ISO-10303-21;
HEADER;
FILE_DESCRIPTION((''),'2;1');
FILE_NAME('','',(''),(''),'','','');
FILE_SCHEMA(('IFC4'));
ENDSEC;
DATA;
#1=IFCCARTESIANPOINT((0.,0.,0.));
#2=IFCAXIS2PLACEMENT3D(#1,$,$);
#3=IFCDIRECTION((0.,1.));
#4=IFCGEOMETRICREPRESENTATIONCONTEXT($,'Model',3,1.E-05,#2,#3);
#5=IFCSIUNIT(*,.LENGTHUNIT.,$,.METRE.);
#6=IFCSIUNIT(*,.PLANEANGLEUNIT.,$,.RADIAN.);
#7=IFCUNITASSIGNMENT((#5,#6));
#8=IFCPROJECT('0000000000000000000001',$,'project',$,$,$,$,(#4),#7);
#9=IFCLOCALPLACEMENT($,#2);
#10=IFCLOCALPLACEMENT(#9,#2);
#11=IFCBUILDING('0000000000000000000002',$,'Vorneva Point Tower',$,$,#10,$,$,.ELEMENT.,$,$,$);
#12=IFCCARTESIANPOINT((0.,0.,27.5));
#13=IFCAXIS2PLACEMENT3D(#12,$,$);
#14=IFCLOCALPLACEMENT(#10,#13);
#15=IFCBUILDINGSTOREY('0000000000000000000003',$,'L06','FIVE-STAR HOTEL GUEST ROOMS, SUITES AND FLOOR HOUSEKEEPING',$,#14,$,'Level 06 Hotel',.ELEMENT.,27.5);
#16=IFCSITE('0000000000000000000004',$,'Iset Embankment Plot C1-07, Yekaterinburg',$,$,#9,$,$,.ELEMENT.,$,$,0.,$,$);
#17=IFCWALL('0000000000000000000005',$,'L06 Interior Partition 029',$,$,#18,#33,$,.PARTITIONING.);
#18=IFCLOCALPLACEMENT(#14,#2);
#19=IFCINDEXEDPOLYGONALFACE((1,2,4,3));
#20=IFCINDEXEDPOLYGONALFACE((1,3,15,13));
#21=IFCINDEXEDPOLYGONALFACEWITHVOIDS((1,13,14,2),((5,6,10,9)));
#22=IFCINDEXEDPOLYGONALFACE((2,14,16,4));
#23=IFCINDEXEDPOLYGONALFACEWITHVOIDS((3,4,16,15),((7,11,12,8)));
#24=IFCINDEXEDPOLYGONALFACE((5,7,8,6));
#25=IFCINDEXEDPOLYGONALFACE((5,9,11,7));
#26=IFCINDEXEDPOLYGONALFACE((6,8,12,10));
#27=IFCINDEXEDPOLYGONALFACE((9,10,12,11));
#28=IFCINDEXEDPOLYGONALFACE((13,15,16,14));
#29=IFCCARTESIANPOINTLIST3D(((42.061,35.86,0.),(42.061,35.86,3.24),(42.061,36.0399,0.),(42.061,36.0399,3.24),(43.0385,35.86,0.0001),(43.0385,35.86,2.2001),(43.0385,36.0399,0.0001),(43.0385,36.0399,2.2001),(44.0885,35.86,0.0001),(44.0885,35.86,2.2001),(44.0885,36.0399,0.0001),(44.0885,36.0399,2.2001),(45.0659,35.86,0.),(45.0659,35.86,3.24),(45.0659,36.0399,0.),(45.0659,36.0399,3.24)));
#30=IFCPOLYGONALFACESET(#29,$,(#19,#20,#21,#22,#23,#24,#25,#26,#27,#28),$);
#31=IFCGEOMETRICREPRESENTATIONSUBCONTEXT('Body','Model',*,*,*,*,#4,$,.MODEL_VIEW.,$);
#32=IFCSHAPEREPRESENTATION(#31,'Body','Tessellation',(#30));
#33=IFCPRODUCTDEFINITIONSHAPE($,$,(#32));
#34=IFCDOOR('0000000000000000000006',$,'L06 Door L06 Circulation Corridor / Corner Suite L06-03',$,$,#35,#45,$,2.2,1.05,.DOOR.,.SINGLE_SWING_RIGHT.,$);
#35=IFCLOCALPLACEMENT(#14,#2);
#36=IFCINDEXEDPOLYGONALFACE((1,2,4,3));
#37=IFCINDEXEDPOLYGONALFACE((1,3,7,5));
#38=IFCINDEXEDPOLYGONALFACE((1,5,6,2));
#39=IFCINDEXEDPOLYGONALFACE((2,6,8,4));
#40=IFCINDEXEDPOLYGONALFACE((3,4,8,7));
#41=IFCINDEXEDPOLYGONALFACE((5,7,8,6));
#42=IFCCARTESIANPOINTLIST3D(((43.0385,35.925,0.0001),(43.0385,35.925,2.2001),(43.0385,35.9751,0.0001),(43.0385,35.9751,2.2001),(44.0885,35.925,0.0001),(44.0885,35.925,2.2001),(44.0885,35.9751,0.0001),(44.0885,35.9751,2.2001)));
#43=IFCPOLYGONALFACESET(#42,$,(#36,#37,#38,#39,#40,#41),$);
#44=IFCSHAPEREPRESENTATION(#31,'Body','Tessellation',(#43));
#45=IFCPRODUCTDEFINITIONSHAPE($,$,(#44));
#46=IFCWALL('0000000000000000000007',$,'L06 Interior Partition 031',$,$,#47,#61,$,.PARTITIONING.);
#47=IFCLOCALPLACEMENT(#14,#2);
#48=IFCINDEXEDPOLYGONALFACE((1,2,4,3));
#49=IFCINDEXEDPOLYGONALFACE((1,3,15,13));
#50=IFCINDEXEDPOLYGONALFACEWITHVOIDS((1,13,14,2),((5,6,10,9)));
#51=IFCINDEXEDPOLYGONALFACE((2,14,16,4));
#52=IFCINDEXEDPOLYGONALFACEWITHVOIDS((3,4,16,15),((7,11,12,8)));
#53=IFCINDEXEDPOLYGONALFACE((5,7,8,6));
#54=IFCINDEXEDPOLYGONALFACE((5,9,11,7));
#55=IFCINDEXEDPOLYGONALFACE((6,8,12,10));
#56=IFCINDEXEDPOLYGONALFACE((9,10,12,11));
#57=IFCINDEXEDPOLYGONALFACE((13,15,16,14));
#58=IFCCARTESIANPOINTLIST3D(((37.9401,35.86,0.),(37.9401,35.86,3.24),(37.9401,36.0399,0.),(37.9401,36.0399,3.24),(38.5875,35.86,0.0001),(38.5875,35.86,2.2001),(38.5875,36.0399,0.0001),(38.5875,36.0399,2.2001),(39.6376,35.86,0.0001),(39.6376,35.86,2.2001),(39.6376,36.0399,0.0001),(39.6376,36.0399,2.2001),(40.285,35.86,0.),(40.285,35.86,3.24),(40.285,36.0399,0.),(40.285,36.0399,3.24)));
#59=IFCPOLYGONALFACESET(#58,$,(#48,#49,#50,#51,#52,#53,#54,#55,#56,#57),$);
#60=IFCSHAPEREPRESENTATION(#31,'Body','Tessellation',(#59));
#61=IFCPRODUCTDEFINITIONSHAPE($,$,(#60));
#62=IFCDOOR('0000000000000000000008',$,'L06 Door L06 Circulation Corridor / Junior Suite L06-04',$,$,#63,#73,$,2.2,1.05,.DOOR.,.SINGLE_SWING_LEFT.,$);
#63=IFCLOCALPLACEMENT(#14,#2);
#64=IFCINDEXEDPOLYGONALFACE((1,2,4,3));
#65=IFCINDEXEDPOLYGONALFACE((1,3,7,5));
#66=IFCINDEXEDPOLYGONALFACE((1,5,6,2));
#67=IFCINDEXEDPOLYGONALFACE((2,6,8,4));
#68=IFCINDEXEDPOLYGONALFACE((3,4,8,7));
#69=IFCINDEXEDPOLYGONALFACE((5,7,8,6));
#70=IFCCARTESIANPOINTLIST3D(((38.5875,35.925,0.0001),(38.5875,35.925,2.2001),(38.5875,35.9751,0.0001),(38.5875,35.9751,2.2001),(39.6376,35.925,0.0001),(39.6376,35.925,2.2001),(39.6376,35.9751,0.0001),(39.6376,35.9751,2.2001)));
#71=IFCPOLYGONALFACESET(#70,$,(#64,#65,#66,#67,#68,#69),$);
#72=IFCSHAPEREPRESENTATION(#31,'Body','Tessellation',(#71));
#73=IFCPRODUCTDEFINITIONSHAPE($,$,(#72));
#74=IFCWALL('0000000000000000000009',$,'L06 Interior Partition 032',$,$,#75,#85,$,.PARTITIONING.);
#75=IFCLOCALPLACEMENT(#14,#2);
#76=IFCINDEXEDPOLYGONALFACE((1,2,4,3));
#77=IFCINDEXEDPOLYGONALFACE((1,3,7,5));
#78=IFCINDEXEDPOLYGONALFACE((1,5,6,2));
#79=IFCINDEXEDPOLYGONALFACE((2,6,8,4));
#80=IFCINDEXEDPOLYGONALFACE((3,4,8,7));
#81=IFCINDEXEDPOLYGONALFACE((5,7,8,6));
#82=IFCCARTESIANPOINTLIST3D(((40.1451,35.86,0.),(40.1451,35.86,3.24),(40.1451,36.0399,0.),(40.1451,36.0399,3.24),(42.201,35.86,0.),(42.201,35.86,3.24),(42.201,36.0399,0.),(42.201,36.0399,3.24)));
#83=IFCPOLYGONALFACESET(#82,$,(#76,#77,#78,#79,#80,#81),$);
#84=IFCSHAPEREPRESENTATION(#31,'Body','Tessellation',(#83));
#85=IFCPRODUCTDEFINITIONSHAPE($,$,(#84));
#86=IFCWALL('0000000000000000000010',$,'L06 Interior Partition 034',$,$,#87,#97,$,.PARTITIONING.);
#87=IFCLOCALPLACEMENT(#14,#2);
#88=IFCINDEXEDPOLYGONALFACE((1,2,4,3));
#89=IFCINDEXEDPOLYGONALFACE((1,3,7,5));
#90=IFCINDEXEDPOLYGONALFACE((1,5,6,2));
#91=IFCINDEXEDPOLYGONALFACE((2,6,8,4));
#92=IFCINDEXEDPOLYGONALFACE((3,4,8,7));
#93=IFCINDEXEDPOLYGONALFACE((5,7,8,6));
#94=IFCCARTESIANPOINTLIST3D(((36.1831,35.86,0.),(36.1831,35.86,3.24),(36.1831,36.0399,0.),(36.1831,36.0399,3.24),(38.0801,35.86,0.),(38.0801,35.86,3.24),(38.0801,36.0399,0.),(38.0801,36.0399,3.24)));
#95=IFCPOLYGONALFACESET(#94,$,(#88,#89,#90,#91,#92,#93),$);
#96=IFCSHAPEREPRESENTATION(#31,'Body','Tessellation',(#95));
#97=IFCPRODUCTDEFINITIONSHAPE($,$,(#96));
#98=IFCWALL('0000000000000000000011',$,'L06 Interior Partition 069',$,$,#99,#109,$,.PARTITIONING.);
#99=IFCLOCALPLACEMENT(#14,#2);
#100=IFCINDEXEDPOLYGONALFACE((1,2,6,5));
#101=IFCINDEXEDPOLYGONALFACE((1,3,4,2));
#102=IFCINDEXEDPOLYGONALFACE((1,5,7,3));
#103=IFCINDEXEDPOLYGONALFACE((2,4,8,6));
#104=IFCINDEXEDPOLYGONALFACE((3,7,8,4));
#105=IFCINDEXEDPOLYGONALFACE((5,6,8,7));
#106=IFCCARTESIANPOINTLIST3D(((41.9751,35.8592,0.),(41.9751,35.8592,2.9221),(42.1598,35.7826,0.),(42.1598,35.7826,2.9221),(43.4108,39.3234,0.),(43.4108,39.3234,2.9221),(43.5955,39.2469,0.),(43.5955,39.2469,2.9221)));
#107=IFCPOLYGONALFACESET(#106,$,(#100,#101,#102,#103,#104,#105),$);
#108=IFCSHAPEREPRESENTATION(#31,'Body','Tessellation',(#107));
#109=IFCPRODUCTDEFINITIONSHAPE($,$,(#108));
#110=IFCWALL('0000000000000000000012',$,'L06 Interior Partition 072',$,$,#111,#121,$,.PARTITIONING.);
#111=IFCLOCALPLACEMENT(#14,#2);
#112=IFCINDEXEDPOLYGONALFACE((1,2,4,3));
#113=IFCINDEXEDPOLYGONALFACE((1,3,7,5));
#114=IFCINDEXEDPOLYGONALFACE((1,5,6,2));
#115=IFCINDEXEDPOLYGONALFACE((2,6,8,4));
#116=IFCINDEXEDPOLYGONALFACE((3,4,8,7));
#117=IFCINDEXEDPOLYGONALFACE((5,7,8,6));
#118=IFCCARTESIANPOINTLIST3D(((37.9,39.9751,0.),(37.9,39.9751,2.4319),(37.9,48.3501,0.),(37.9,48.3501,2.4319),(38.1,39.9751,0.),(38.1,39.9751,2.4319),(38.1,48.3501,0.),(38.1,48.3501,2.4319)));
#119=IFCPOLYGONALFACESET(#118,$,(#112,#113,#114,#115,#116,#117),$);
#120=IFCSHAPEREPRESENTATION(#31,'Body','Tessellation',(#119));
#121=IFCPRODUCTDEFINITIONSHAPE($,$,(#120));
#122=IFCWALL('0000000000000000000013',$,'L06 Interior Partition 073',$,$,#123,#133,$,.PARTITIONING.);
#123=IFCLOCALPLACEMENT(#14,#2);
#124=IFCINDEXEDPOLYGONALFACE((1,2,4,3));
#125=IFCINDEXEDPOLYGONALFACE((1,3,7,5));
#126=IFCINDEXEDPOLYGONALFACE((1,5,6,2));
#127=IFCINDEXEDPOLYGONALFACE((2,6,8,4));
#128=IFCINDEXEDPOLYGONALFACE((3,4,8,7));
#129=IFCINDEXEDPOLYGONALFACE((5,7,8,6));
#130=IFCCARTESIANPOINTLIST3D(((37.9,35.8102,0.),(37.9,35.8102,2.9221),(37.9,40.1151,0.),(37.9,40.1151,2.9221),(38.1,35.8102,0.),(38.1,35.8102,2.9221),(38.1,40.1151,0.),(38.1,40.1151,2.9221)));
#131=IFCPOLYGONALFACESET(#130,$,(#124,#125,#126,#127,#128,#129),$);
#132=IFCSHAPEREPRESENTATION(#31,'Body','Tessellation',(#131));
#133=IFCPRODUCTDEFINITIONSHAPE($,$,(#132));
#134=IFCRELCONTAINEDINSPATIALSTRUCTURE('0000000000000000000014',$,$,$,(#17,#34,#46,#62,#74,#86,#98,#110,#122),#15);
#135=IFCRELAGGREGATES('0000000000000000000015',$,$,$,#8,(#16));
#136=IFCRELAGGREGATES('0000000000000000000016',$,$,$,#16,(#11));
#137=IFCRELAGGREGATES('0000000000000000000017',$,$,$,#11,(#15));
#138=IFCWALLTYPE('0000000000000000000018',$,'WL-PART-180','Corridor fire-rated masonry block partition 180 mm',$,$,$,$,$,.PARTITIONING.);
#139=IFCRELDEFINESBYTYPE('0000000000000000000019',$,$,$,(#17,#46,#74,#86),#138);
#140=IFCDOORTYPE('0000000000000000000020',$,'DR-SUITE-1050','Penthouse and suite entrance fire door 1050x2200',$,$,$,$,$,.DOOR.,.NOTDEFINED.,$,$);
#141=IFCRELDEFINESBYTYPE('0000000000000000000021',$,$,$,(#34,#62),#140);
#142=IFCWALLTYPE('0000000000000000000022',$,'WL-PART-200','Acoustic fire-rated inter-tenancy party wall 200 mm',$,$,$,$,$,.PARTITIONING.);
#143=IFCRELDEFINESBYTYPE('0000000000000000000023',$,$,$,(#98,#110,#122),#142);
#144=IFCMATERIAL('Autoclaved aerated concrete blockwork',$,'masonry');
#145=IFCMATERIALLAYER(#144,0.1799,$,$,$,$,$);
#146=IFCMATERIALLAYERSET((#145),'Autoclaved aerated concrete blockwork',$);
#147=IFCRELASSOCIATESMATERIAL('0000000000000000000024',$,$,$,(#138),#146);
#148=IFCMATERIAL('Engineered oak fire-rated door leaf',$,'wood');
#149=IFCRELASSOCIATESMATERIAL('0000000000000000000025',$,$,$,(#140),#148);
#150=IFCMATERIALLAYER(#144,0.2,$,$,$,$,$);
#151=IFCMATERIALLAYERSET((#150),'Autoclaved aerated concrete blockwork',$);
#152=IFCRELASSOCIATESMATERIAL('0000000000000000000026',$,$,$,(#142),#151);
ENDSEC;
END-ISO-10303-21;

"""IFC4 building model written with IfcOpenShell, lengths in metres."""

from ifc_helpers import new_model, si_unit, direction, frame, frame_2d, origin, place, context, subcontext, project, spatial, rectangle, extrude, material, layer, layer_set, type_object, element, fill, save


model = new_model("IFC4")

# Units and contexts
model_context = context("Model", 3, precision=1e-05, world=origin(), true_north=direction((0.0, 1.0)))
body_context = subcontext(model_context, "Body", "Model", "MODEL_VIEW")
ifc_project = project(units=[si_unit("LENGTHUNIT", "METRE"), si_unit("PLANEANGLEUNIT", "RADIAN")], contexts=[model_context])

# Site, building, storey
site_placement = place(None, origin())
site = spatial("IfcSite", under=ifc_project, at=site_placement, Name="Iset Embankment Plot C1-07, Yekaterinburg", CompositionType="ELEMENT", RefElevation=0.0)
building_placement = place(site_placement, origin())
building = spatial("IfcBuilding", under=site, at=building_placement, Name="Vorneva Point Tower", CompositionType="ELEMENT")
storey_placement = place(building_placement, frame((0.0, 0.0, 27.5)))
storey = spatial("IfcBuildingStorey", under=building, at=storey_placement, Name="L06", Description="FIVE-STAR HOTEL GUEST ROOMS, SUITES AND FLOOR HOUSEKEEPING", LongName="Level 06 Hotel", CompositionType="ELEMENT", Elevation=27.5)

# Shared definitions
ifc_material_1 = material(Name="Engineered oak fire-rated door leaf", Category="wood")

# Walls, openings, doors
ifc_material_2 = material(Name="Autoclaved aerated concrete blockwork", Category="masonry")
ifc_layer_1 = layer(ifc_material_2, 0.1799)
ifc_layer_set_1 = layer_set([ifc_layer_1], Name="Autoclaved aerated concrete blockwork")
wall_type_1 = type_object("IfcWallType", Name="WL-PART-180", Description="Corridor fire-rated masonry block partition 180 mm", PredefinedType="PARTITIONING", material=ifc_layer_set_1)
wall_1_placement = place(storey_placement, frame((45.0659, 35.95, 0.0), z_axis=(0.0, 0.0, 1.0), x_axis=(-1.0, 0.0, 0.0)))
wall_1 = element("IfcWall", 1, at=wall_1_placement, inside=storey, type_object=wall_type_1, Name="L06 Interior Partition 029", PredefinedType="PARTITIONING", context=body_context, shape_type="SweptSolid", body=[
    extrude(rectangle(XDim=3.0049, YDim=0.1799, at=frame_2d((1.5024, 0.0))), origin(), (0.0, 0.0, 1.0), 3.24),
])
opening_1_placement = place(wall_1_placement, frame((0.9775, 0.0, 0.0)))
opening_1 = element("IfcOpeningElement", 2, at=opening_1_placement, cuts=wall_1, PredefinedType="OPENING", context=body_context, shape_type="SweptSolid", body=[
    extrude(rectangle(XDim=1.05, YDim=2.2, at=frame_2d((0.5249, 1.1001))), frame((0.0, 0.105, 0.0), z_axis=(0.0, -1.0, 0.0), x_axis=(1.0, 0.0, 0.0)), (0.0, 0.0, 1.0), 0.2097),
])
door_type_1 = type_object("IfcDoorType", Name="DR-SUITE-1050", Description="Penthouse and suite entrance fire door 1050x2200", OperationType="NOTDEFINED", PredefinedType="DOOR", material=ifc_material_1)
door_1_placement = place(opening_1_placement, origin())
door_1 = element("IfcDoor", 3, at=door_1_placement, inside=storey, type_object=door_type_1, Name="L06 Door L06 Circulation Corridor / Corner Suite L06-03", OperationType="SINGLE_SWING_RIGHT", OverallHeight=2.2, OverallWidth=1.05, PredefinedType="DOOR", context=body_context, shape_type="SweptSolid", body=[
    extrude(rectangle(XDim=1.05, YDim=2.2, at=frame_2d((0.5249, 1.1001))), frame((0.0, 0.0249, 0.0), z_axis=(0.0, -1.0, 0.0), x_axis=(1.0, 0.0, 0.0)), (0.0, 0.0, 1.0), 0.05),
])
fill(opening_1, door_1)
wall_2_placement = place(storey_placement, frame((40.2849, 35.95, 0.0), z_axis=(0.0, 0.0, 1.0), x_axis=(-1.0, 0.0, 0.0)))
wall_2 = element("IfcWall", 4, at=wall_2_placement, inside=storey, type_object=wall_type_1, Name="L06 Interior Partition 031", PredefinedType="PARTITIONING", context=body_context, shape_type="SweptSolid", body=[
    extrude(rectangle(XDim=2.345, YDim=0.1799, at=frame_2d((1.1724, 0.0))), origin(), (0.0, 0.0, 1.0), 3.24),
])
opening_2_placement = place(wall_2_placement, frame((0.6475, 0.0, 0.0)))
opening_2 = element("IfcOpeningElement", 5, at=opening_2_placement, cuts=wall_2, PredefinedType="OPENING", context=body_context, shape_type="SweptSolid", body=[
    extrude(rectangle(XDim=1.05, YDim=2.2, at=frame_2d((0.5249, 1.1001))), frame((0.0, 0.105, 0.0), z_axis=(0.0, -1.0, 0.0), x_axis=(1.0, 0.0, 0.0)), (0.0, 0.0, 1.0), 0.2097),
])
door_2_placement = place(opening_2_placement, origin())
door_2 = element("IfcDoor", 6, at=door_2_placement, inside=storey, type_object=door_type_1, Name="L06 Door L06 Circulation Corridor / Junior Suite L06-04", OperationType="SINGLE_SWING_LEFT", OverallHeight=2.2, OverallWidth=1.05, PredefinedType="DOOR", context=body_context, shape_type="SweptSolid", body=[
    extrude(rectangle(XDim=1.05, YDim=2.2, at=frame_2d((0.5249, 1.1001))), frame((0.0, 0.0249, 0.0), z_axis=(0.0, -1.0, 0.0), x_axis=(1.0, 0.0, 0.0)), (0.0, 0.0, 1.0), 0.05),
])
fill(opening_2, door_2)

# Walls
wall_3_placement = place(storey_placement, frame((42.2009, 35.95, 0.0), z_axis=(0.0, 0.0, 1.0), x_axis=(-1.0, 0.0, 0.0)))
element("IfcWall", 7, at=wall_3_placement, inside=storey, type_object=wall_type_1, Name="L06 Interior Partition 032", PredefinedType="PARTITIONING", context=body_context, shape_type="SweptSolid", body=[
    extrude(rectangle(XDim=2.0559, YDim=0.1799, at=frame_2d((1.0278, 0.0))), origin(), (0.0, 0.0, 1.0), 3.24),
])
wall_4_placement = place(storey_placement, frame((38.0801, 35.95, 0.0), z_axis=(0.0, 0.0, 1.0), x_axis=(-1.0, 0.0, 0.0)))
element("IfcWall", 8, at=wall_4_placement, inside=storey, type_object=wall_type_1, Name="L06 Interior Partition 034", PredefinedType="PARTITIONING", context=body_context, shape_type="SweptSolid", body=[
    extrude(rectangle(XDim=1.897, YDim=0.1799, at=frame_2d((0.9485, 0.0))), origin(), (0.0, 0.0, 1.0), 3.24),
])
ifc_layer_2 = layer(ifc_material_2, 0.2)
ifc_layer_set_2 = layer_set([ifc_layer_2], Name="Autoclaved aerated concrete blockwork")
wall_type_2 = type_object("IfcWallType", Name="WL-PART-200", Description="Acoustic fire-rated inter-tenancy party wall 200 mm", PredefinedType="PARTITIONING", material=ifc_layer_set_2)
wall_5_placement = place(storey_placement, frame((43.5032, 39.2852, 0.0), z_axis=(0.0, 0.0, 1.0), x_axis=(-0.382867, -0.923803, 0.0)))
element("IfcWall", 9, at=wall_5_placement, inside=storey, type_object=wall_type_2, Name="L06 Interior Partition 069", PredefinedType="PARTITIONING", context=body_context, shape_type="SweptSolid", body=[
    extrude(rectangle(XDim=3.75, YDim=0.2, at=frame_2d((1.875, 0.0))), origin(), (0.0, 0.0, 1.0), 2.9221),
])
wall_6_placement = place(storey_placement, frame((38.0, 48.3501, 0.0), z_axis=(0.0, 0.0, 1.0), x_axis=(0.0, -1.0, 0.0)))
element("IfcWall", 10, at=wall_6_placement, inside=storey, type_object=wall_type_2, Name="L06 Interior Partition 072", PredefinedType="PARTITIONING", context=body_context, shape_type="SweptSolid", body=[
    extrude(rectangle(XDim=8.375, YDim=0.2, at=frame_2d((4.1875, 0.0))), origin(), (0.0, 0.0, 1.0), 2.4319),
])
wall_7_placement = place(storey_placement, frame((38.0, 40.115, 0.0), z_axis=(0.0, 0.0, 1.0), x_axis=(0.0, -1.0, 0.0)))
element("IfcWall", 11, at=wall_7_placement, inside=storey, type_object=wall_type_2, Name="L06 Interior Partition 073", PredefinedType="PARTITIONING", context=body_context, shape_type="SweptSolid", body=[
    extrude(rectangle(XDim=4.3049, YDim=0.2, at=frame_2d((2.1523, 0.0))), origin(), (0.0, 0.0, 1.0), 2.9221),
])

save(model, "model.ifc")
